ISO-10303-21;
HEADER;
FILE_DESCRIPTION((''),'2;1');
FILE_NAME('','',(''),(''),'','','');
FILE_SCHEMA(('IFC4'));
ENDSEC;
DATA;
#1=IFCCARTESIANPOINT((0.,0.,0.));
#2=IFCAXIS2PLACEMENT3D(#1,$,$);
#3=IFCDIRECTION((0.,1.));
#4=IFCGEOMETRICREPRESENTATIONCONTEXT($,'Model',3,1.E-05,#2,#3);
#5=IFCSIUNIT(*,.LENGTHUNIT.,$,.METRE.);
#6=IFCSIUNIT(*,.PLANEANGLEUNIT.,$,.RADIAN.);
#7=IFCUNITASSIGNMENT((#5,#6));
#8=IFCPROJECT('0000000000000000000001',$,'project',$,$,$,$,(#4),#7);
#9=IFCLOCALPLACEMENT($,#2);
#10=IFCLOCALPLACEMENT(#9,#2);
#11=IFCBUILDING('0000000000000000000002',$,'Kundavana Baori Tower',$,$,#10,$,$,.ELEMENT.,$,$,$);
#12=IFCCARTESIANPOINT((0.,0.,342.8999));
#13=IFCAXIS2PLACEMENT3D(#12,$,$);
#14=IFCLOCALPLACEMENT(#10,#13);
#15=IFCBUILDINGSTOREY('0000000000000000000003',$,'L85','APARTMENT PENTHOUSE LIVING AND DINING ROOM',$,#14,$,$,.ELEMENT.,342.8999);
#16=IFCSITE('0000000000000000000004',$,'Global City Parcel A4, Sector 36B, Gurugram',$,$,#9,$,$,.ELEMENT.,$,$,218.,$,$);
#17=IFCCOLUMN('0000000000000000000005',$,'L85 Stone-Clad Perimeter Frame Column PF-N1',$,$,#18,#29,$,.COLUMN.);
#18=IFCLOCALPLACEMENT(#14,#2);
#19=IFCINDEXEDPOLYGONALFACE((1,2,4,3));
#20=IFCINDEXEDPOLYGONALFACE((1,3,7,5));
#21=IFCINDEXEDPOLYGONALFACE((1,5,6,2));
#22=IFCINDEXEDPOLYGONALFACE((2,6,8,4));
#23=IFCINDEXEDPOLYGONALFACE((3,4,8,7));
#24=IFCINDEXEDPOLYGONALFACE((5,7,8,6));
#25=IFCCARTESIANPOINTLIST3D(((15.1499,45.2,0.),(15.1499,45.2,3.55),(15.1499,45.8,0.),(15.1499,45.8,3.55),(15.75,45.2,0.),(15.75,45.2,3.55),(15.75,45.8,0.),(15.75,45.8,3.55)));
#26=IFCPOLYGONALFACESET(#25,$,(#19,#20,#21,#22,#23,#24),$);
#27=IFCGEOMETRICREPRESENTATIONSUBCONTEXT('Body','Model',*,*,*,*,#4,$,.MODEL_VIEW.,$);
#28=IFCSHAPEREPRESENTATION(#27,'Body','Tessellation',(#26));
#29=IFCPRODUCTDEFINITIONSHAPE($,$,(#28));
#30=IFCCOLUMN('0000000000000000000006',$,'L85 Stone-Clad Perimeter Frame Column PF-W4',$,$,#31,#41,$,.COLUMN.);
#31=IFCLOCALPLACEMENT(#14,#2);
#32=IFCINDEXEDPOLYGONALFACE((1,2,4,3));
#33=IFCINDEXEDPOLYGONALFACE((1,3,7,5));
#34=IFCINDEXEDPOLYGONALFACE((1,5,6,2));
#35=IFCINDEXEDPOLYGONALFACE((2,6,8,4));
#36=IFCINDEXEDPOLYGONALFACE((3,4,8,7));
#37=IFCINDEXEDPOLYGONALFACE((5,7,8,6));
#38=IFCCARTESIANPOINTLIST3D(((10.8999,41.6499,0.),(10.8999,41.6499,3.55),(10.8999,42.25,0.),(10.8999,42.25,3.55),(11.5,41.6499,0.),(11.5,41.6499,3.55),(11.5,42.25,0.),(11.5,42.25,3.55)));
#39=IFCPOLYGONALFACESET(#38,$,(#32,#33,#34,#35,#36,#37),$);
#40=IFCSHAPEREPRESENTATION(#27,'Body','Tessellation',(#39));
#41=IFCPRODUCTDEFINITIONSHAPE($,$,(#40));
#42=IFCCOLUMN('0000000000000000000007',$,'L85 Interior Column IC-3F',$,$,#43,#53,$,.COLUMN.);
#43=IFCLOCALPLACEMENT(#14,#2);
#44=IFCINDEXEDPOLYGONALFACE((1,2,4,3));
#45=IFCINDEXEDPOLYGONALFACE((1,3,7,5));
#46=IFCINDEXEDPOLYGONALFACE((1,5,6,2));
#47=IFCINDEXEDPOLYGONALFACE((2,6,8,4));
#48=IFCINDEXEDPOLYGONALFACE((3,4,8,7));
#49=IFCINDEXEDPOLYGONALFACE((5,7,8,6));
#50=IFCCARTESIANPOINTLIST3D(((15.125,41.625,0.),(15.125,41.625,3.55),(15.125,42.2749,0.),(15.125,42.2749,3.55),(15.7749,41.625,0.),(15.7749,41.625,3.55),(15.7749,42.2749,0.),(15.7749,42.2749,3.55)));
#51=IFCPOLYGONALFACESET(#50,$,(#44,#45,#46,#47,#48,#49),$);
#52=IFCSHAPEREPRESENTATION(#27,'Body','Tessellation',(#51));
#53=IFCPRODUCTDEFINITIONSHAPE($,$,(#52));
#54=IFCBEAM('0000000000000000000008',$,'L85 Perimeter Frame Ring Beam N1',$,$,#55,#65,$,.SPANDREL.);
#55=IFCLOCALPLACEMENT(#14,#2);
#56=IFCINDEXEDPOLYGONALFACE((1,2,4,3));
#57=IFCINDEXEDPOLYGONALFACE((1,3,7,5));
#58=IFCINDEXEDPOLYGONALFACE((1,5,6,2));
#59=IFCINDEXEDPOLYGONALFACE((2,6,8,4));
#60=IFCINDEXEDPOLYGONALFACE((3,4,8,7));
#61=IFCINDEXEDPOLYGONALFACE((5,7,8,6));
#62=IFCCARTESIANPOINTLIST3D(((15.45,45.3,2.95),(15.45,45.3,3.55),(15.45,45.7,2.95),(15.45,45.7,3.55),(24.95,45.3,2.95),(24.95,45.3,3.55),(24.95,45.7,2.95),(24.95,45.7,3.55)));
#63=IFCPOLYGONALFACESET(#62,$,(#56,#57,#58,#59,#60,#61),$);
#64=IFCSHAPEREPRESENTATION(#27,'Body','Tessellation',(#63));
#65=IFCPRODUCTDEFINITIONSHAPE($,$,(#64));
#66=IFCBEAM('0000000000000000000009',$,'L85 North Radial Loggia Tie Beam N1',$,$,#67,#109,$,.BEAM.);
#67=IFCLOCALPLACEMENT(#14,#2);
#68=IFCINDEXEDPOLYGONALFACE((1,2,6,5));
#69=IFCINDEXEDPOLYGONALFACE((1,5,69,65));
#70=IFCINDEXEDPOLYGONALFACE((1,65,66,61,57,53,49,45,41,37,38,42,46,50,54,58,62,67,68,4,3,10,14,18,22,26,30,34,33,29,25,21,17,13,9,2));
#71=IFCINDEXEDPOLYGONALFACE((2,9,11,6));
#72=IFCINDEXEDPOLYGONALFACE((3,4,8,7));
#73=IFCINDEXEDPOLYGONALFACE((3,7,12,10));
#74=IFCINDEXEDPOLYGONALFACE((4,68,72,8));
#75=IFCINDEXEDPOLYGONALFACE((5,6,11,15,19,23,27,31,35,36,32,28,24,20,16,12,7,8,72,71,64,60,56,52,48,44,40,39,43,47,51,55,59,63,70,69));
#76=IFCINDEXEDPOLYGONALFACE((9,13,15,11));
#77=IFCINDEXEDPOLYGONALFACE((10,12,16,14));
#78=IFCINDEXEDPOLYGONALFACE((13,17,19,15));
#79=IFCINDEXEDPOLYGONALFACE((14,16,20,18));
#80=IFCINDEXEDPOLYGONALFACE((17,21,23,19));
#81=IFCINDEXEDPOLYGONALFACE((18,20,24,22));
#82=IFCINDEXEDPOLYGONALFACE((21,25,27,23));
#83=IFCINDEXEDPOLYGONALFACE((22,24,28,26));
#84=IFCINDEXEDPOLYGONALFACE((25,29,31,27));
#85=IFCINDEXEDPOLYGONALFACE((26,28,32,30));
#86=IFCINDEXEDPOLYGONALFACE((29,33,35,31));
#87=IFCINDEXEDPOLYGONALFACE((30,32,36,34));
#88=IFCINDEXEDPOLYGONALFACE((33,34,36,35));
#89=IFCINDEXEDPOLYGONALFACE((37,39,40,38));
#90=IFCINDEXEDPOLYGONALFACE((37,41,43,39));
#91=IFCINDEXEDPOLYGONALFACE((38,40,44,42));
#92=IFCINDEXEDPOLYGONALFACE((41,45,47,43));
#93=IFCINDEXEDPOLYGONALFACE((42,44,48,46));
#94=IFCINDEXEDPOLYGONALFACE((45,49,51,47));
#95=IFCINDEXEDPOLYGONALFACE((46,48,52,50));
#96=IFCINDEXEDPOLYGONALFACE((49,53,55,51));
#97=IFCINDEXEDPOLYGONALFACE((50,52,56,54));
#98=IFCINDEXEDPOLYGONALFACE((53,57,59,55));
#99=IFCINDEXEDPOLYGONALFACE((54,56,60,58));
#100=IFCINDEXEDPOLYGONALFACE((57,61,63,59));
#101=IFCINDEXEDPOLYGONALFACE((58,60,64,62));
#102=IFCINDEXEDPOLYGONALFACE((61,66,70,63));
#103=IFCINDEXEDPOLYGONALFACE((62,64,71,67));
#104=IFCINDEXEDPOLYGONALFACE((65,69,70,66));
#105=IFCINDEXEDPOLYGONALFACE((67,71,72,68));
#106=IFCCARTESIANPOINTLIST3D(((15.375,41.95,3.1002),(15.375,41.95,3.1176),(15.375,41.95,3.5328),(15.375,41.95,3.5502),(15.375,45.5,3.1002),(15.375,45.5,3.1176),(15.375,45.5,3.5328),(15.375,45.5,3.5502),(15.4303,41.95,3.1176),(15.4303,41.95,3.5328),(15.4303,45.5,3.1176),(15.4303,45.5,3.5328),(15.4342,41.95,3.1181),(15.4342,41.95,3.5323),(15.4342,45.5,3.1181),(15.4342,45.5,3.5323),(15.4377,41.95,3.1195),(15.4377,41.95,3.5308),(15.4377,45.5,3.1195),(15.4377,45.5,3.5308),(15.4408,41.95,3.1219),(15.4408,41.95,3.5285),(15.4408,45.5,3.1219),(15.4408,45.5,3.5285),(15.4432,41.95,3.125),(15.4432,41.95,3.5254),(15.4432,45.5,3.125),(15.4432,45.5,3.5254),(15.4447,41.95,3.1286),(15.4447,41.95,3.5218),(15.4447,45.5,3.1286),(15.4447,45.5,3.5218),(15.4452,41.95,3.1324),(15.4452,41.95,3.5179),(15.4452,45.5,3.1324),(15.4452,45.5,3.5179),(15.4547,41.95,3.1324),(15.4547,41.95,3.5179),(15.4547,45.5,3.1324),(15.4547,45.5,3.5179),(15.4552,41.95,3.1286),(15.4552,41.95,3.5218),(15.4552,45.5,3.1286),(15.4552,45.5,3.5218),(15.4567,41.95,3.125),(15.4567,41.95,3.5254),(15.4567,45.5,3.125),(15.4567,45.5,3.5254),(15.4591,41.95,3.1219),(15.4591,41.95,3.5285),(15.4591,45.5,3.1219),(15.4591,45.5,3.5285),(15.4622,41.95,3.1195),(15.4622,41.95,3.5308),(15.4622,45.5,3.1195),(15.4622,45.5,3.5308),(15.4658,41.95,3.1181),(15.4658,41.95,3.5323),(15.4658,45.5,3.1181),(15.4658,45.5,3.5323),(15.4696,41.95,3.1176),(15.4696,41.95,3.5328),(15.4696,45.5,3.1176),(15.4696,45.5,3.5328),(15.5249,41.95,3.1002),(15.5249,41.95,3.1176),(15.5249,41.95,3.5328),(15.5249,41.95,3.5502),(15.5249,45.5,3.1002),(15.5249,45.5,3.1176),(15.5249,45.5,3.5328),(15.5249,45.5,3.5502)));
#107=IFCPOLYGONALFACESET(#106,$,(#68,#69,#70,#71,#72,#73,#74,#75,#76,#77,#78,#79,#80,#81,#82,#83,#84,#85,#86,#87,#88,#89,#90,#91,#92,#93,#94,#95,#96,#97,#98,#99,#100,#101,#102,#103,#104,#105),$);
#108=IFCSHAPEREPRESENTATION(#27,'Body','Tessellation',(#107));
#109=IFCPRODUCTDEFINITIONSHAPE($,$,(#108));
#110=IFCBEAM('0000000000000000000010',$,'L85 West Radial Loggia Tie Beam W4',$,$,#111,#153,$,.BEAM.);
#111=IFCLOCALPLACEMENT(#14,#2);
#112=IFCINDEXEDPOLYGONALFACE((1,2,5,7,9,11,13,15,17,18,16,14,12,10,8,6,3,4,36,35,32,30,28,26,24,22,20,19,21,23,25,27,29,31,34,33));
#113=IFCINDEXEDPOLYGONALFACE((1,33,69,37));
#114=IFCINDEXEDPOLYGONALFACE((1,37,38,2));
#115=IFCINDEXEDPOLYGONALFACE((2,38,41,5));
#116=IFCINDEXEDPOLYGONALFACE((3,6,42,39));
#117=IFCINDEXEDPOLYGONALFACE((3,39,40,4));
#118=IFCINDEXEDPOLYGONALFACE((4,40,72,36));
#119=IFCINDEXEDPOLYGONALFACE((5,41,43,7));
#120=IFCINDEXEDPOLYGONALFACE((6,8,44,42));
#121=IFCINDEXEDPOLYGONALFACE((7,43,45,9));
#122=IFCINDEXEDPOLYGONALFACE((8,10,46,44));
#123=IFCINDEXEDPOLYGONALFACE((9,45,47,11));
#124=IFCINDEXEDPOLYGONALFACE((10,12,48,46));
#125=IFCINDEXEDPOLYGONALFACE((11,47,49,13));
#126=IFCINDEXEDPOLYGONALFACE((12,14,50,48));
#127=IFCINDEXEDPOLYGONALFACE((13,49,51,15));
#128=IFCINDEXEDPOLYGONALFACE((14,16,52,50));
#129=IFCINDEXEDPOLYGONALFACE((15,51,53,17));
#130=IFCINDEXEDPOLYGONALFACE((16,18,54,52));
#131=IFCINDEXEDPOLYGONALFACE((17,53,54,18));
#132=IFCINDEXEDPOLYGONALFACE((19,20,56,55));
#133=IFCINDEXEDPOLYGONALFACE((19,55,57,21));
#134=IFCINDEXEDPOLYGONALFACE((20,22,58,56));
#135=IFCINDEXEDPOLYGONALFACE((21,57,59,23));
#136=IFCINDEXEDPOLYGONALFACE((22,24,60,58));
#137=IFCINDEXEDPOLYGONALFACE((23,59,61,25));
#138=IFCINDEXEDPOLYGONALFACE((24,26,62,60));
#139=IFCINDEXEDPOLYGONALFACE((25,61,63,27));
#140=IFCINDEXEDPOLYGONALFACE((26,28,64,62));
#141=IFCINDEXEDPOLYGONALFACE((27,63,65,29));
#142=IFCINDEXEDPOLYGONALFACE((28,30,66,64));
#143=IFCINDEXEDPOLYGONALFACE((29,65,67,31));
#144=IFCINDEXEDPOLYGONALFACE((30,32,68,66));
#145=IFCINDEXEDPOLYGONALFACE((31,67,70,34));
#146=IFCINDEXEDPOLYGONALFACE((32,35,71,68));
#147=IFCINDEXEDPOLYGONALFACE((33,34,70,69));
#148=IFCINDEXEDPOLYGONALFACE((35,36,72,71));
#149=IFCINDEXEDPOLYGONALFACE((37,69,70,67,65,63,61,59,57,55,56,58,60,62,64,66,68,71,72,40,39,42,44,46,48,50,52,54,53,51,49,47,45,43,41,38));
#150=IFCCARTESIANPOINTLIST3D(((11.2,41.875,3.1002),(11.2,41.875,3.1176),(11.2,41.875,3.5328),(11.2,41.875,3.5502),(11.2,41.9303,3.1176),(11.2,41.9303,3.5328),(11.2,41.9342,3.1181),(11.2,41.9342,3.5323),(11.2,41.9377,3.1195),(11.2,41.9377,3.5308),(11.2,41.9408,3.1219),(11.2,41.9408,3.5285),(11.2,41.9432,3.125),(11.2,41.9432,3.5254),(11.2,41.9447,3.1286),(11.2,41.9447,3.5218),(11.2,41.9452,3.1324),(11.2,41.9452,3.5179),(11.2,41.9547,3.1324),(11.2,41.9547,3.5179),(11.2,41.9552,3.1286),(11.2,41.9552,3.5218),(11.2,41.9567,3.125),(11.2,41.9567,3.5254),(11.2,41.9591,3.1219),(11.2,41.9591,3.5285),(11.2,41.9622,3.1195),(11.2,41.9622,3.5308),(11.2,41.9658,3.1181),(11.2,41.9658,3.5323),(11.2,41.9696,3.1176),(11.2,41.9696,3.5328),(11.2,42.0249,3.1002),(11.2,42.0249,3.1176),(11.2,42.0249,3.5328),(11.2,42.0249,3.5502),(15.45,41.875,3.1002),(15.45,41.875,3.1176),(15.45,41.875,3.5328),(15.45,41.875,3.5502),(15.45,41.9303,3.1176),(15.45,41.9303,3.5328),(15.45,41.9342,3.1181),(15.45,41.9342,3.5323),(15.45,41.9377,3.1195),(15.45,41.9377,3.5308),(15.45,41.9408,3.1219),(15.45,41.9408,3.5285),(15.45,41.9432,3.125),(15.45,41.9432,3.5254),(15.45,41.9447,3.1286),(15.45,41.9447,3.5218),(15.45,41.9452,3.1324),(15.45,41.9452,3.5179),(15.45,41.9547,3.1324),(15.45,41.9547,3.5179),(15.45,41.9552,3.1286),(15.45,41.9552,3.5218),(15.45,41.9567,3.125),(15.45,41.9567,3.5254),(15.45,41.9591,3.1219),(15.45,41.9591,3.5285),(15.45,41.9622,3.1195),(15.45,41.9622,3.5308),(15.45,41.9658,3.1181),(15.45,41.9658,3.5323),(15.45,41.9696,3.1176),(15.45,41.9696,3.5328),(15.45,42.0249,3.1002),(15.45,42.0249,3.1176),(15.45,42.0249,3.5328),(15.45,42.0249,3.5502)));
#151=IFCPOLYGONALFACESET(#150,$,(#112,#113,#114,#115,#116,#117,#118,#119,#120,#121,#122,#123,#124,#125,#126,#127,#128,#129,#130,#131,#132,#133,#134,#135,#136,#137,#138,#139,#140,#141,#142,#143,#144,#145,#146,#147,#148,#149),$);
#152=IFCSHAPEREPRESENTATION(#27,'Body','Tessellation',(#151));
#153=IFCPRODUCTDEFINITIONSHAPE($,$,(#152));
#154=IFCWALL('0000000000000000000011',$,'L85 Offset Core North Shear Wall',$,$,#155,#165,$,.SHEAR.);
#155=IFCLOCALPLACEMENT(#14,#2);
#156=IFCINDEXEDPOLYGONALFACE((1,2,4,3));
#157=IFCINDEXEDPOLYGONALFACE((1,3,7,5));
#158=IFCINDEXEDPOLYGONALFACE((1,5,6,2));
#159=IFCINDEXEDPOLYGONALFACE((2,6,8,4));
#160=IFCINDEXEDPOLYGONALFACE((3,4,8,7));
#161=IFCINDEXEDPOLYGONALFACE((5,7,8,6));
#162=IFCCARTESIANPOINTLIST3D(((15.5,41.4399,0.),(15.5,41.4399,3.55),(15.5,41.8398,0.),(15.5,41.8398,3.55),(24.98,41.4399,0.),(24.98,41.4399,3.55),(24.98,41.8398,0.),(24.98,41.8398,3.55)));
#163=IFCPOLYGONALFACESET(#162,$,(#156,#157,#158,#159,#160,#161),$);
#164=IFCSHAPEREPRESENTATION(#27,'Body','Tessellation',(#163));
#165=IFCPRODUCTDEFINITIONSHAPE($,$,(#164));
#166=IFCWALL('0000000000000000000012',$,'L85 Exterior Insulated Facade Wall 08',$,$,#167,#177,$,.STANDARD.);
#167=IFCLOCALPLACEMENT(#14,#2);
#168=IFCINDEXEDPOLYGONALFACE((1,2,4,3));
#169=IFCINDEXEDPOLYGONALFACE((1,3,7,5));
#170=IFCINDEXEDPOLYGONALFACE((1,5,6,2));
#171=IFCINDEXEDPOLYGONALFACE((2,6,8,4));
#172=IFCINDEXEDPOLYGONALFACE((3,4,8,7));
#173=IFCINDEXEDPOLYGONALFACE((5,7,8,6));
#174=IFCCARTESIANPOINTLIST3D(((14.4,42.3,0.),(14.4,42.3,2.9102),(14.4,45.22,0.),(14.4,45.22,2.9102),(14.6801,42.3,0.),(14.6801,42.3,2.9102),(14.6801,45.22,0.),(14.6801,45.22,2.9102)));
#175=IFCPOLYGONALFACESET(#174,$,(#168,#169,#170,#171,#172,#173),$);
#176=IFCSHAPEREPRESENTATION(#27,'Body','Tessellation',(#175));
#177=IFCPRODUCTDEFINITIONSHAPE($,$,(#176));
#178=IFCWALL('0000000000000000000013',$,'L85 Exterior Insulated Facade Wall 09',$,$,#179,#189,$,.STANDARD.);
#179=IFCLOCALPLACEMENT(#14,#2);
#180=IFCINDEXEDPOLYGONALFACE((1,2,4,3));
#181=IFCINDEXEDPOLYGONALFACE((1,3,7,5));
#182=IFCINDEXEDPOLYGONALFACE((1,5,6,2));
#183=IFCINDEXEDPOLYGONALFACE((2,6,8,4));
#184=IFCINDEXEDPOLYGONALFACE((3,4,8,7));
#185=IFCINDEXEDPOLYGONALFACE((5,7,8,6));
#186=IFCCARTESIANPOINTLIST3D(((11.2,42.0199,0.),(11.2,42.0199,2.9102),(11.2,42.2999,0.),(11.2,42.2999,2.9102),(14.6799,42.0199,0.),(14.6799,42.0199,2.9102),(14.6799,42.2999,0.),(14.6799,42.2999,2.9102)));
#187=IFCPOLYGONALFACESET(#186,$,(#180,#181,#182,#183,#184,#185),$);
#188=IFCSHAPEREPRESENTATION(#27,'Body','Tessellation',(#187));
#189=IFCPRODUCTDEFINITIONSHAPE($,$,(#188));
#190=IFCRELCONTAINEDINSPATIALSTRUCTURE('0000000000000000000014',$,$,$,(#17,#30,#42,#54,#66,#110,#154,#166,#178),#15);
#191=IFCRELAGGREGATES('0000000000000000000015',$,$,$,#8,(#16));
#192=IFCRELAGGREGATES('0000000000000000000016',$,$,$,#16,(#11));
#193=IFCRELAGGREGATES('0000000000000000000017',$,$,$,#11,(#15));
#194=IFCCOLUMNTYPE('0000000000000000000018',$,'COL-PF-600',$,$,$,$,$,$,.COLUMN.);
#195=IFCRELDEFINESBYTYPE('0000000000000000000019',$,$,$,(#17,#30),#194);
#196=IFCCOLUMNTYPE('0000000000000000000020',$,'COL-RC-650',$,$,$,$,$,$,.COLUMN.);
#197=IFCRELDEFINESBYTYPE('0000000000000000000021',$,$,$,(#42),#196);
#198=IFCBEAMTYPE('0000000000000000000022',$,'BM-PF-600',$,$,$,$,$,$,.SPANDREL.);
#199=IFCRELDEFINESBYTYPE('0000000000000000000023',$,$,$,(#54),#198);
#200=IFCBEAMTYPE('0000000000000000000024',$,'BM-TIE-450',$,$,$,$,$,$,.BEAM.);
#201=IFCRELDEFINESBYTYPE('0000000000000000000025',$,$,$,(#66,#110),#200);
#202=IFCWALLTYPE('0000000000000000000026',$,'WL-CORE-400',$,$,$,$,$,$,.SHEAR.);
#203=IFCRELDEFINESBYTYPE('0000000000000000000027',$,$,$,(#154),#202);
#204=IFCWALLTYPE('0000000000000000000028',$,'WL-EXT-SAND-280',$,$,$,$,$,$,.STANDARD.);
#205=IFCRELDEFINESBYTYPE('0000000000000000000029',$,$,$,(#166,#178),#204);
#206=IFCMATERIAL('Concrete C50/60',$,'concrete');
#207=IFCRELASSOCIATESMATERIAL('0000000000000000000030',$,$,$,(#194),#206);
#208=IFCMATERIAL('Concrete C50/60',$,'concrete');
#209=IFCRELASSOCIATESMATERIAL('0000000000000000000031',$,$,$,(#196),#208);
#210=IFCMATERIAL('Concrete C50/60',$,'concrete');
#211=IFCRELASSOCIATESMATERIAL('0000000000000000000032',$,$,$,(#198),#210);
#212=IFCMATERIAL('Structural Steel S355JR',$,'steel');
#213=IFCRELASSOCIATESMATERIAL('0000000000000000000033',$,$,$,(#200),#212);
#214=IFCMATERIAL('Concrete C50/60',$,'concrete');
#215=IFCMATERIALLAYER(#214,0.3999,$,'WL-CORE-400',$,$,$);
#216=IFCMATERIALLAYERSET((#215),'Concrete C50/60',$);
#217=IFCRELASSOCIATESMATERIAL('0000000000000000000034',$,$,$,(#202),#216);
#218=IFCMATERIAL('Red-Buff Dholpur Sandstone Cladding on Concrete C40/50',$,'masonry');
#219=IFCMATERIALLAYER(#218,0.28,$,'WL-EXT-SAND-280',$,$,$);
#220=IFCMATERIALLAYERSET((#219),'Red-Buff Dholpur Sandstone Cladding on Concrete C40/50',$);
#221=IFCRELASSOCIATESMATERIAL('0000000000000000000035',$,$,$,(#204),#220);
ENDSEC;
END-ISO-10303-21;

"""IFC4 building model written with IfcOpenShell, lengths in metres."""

from ifc_helpers import new_model, si_unit, direction, frame, frame_2d, origin, origin_2d, place, context, subcontext, project, spatial, rectangle, i_section, extrude, material, layer, layer_set, material_profile, profile_set, type_object, element, save


model = new_model("IFC4")

# Units and contexts
model_context = context("Model", 3, precision=1e-05, world=origin(), true_north=direction((0.0, 1.0)))
body_context = subcontext(model_context, "Body", "Model", "MODEL_VIEW")
ifc_project = project(units=[si_unit("LENGTHUNIT", "METRE"), si_unit("PLANEANGLEUNIT", "RADIAN")], contexts=[model_context])

# Site, building, storey
site_placement = place(None, origin())
site = spatial("IfcSite", under=ifc_project, at=site_placement, Name="Global City Parcel A4, Sector 36B, Gurugram", CompositionType="ELEMENT", RefElevation=218.0)
building_placement = place(site_placement, origin())
building = spatial("IfcBuilding", under=site, at=building_placement, Name="Kundavana Baori Tower", CompositionType="ELEMENT")
storey_placement = place(building_placement, frame((0.0, 0.0, 342.8999)))
storey = spatial("IfcBuildingStorey", under=building, at=storey_placement, Name="L85", Description="APARTMENT PENTHOUSE LIVING AND DINING ROOM", CompositionType="ELEMENT", Elevation=342.8999)

# Columns
ifc_material_1 = material(Name="Concrete C50/60", Category="concrete")
ifc_material_profile_1 = material_profile(ifc_material_1, rectangle(XDim=0.6001, YDim=0.6001, at=origin_2d()), Name="RC PF 600x600")
ifc_profile_set_1 = profile_set([ifc_material_profile_1], Name="Concrete C50/60")
column_type_1 = type_object("IfcColumnType", Name="COL-PF-600", PredefinedType="COLUMN", material=ifc_profile_set_1)
for number, where, z_axis, x_axis, name in (
    (1, (15.45, 45.5, 0.0), (0.0, 0.0, 1.0), (1.0, 0.0, 0.0), "L85 Stone-Clad Perimeter Frame Column PF-N1"),
    (2, (11.2, 41.95, 0.0), (0.0, 0.0, 1.0), (1.0, 0.0, 0.0), "L85 Stone-Clad Perimeter Frame Column PF-W4"),
):
    element("IfcColumn", number, at=place(storey_placement, frame(where, z_axis=z_axis, x_axis=x_axis)), inside=storey, type_object=column_type_1, Name=name, PredefinedType="COLUMN", context=body_context, shape_type="SweptSolid", body=[
        extrude(rectangle(XDim=0.6001, YDim=0.6001, at=origin_2d()), origin(), (0.0, 0.0, 1.0), 3.55),
    ])
ifc_material_2 = material(Name="Concrete C50/60", Category="concrete")
ifc_material_profile_2 = material_profile(ifc_material_2, rectangle(XDim=0.6499, YDim=0.6499, at=origin_2d()), Name="RC 650x650")
ifc_profile_set_2 = profile_set([ifc_material_profile_2], Name="Concrete C50/60")
column_type_2 = type_object("IfcColumnType", Name="COL-RC-650", PredefinedType="COLUMN", material=ifc_profile_set_2)
column_placement = place(storey_placement, frame((15.45, 41.95, 0.0), z_axis=(0.0, 0.0, 1.0), x_axis=(1.0, 0.0, 0.0)))
element("IfcColumn", 3, at=column_placement, inside=storey, type_object=column_type_2, Name="L85 Interior Column IC-3F", PredefinedType="COLUMN", context=body_context, shape_type="SweptSolid", body=[
    extrude(rectangle(XDim=0.6499, YDim=0.6499, at=origin_2d()), origin(), (0.0, 0.0, 1.0), 3.55),
])

# Beams
ifc_material_3 = material(Name="Concrete C50/60", Category="concrete")
ifc_material_profile_3 = material_profile(ifc_material_3, rectangle(XDim=0.3999, YDim=0.6001, at=origin_2d()), Name="RC BM 400x600")
ifc_profile_set_3 = profile_set([ifc_material_profile_3], Name="Concrete C50/60")
beam_type_1 = type_object("IfcBeamType", Name="BM-PF-600", PredefinedType="SPANDREL", material=ifc_profile_set_3)
beam_1_placement = place(storey_placement, frame((15.45, 45.5, 3.25), z_axis=(1.0, 0.0, 0.0), x_axis=(0.0, 1.0, 0.0)))
element("IfcBeam", 4, at=beam_1_placement, inside=storey, type_object=beam_type_1, Name="L85 Perimeter Frame Ring Beam N1", PredefinedType="SPANDREL", context=body_context, shape_type="SweptSolid", body=[
    extrude(rectangle(XDim=0.3999, YDim=0.6001, at=origin_2d()), origin(), (0.0, 0.0, 1.0), 9.5),
])
ifc_material_4 = material(Name="Structural Steel S355JR", Category="steel")
ifc_material_profile_4 = material_profile(ifc_material_4, i_section(OverallWidth=0.1499, OverallDepth=0.45, WebThickness=0.0095, FlangeThickness=0.0173, FilletRadius=0.0149, at=origin_2d()), Name="ISMB 450")
ifc_profile_set_4 = profile_set([ifc_material_profile_4], Name="Structural Steel S355JR")
beam_type_2 = type_object("IfcBeamType", Name="BM-TIE-450", PredefinedType="BEAM", material=ifc_profile_set_4)
beam_2_placement = place(storey_placement, frame((15.45, 41.95, 3.3252), z_axis=(0.0, 1.0, 0.0), x_axis=(-1.0, 0.0, 0.0)))
element("IfcBeam", 5, at=beam_2_placement, inside=storey, type_object=beam_type_2, Name="L85 North Radial Loggia Tie Beam N1", PredefinedType="BEAM", context=body_context, shape_type="SweptSolid", body=[
    extrude(i_section(OverallWidth=0.1499, OverallDepth=0.45, WebThickness=0.0095, FlangeThickness=0.0173, FilletRadius=0.0149, at=origin_2d()), origin(), (0.0, 0.0, 1.0), 3.55),
])
beam_3_placement = place(storey_placement, frame((15.45, 41.95, 3.3252), z_axis=(-1.0, 0.0, 0.0), x_axis=(0.0, -1.0, 0.0)))
element("IfcBeam", 6, at=beam_3_placement, inside=storey, type_object=beam_type_2, Name="L85 West Radial Loggia Tie Beam W4", PredefinedType="BEAM", context=body_context, shape_type="SweptSolid", body=[
    extrude(i_section(OverallWidth=0.1499, OverallDepth=0.45, WebThickness=0.0095, FlangeThickness=0.0173, FilletRadius=0.0149, at=origin_2d()), origin(), (0.0, 0.0, 1.0), 4.25),
])

# Walls
ifc_material_5 = material(Name="Concrete C50/60", Category="concrete")
ifc_layer_1 = layer(ifc_material_5, 0.3999, Name="WL-CORE-400")
ifc_layer_set_1 = layer_set([ifc_layer_1], Name="Concrete C50/60")
wall_type_1 = type_object("IfcWallType", Name="WL-CORE-400", PredefinedType="SHEAR", material=ifc_layer_set_1)
wall_1_placement = place(storey_placement, frame((15.5, 41.6399, 0.0), z_axis=(0.0, 0.0, 1.0), x_axis=(1.0, 0.0, 0.0)))
element("IfcWall", 7, at=wall_1_placement, inside=storey, type_object=wall_type_1, Name="L85 Offset Core North Shear Wall", PredefinedType="SHEAR", context=body_context, shape_type="SweptSolid", body=[
    extrude(rectangle(XDim=9.48, YDim=0.3999, at=frame_2d((4.74, 0.0))), origin(), (0.0, 0.0, 1.0), 3.55),
])
ifc_material_6 = material(Name="Red-Buff Dholpur Sandstone Cladding on Concrete C40/50", Category="masonry")
ifc_layer_2 = layer(ifc_material_6, 0.28, Name="WL-EXT-SAND-280")
ifc_layer_set_2 = layer_set([ifc_layer_2], Name="Red-Buff Dholpur Sandstone Cladding on Concrete C40/50")
wall_type_2 = type_object("IfcWallType", Name="WL-EXT-SAND-280", PredefinedType="STANDARD", material=ifc_layer_set_2)
wall_2_placement = place(storey_placement, frame((14.54, 45.22, 0.0), z_axis=(0.0, 0.0, 1.0), x_axis=(0.0, -1.0, 0.0)))
element("IfcWall", 8, at=wall_2_placement, inside=storey, type_object=wall_type_2, Name="L85 Exterior Insulated Facade Wall 08", PredefinedType="STANDARD", context=body_context, shape_type="SweptSolid", body=[
    extrude(rectangle(XDim=2.9199, YDim=0.28, at=frame_2d((1.46, 0.0))), origin(), (0.0, 0.0, 1.0), 2.9102),
])
wall_3_placement = place(storey_placement, frame((14.6799, 42.1599, 0.0), z_axis=(0.0, 0.0, 1.0), x_axis=(-1.0, 0.0, 0.0)))
element("IfcWall", 9, at=wall_3_placement, inside=storey, type_object=wall_type_2, Name="L85 Exterior Insulated Facade Wall 09", PredefinedType="STANDARD", context=body_context, shape_type="SweptSolid", body=[
    extrude(rectangle(XDim=3.48, YDim=0.28, at=frame_2d((1.74, 0.0))), origin(), (0.0, 0.0, 1.0), 2.9102),
])

save(model, "model.ifc")
